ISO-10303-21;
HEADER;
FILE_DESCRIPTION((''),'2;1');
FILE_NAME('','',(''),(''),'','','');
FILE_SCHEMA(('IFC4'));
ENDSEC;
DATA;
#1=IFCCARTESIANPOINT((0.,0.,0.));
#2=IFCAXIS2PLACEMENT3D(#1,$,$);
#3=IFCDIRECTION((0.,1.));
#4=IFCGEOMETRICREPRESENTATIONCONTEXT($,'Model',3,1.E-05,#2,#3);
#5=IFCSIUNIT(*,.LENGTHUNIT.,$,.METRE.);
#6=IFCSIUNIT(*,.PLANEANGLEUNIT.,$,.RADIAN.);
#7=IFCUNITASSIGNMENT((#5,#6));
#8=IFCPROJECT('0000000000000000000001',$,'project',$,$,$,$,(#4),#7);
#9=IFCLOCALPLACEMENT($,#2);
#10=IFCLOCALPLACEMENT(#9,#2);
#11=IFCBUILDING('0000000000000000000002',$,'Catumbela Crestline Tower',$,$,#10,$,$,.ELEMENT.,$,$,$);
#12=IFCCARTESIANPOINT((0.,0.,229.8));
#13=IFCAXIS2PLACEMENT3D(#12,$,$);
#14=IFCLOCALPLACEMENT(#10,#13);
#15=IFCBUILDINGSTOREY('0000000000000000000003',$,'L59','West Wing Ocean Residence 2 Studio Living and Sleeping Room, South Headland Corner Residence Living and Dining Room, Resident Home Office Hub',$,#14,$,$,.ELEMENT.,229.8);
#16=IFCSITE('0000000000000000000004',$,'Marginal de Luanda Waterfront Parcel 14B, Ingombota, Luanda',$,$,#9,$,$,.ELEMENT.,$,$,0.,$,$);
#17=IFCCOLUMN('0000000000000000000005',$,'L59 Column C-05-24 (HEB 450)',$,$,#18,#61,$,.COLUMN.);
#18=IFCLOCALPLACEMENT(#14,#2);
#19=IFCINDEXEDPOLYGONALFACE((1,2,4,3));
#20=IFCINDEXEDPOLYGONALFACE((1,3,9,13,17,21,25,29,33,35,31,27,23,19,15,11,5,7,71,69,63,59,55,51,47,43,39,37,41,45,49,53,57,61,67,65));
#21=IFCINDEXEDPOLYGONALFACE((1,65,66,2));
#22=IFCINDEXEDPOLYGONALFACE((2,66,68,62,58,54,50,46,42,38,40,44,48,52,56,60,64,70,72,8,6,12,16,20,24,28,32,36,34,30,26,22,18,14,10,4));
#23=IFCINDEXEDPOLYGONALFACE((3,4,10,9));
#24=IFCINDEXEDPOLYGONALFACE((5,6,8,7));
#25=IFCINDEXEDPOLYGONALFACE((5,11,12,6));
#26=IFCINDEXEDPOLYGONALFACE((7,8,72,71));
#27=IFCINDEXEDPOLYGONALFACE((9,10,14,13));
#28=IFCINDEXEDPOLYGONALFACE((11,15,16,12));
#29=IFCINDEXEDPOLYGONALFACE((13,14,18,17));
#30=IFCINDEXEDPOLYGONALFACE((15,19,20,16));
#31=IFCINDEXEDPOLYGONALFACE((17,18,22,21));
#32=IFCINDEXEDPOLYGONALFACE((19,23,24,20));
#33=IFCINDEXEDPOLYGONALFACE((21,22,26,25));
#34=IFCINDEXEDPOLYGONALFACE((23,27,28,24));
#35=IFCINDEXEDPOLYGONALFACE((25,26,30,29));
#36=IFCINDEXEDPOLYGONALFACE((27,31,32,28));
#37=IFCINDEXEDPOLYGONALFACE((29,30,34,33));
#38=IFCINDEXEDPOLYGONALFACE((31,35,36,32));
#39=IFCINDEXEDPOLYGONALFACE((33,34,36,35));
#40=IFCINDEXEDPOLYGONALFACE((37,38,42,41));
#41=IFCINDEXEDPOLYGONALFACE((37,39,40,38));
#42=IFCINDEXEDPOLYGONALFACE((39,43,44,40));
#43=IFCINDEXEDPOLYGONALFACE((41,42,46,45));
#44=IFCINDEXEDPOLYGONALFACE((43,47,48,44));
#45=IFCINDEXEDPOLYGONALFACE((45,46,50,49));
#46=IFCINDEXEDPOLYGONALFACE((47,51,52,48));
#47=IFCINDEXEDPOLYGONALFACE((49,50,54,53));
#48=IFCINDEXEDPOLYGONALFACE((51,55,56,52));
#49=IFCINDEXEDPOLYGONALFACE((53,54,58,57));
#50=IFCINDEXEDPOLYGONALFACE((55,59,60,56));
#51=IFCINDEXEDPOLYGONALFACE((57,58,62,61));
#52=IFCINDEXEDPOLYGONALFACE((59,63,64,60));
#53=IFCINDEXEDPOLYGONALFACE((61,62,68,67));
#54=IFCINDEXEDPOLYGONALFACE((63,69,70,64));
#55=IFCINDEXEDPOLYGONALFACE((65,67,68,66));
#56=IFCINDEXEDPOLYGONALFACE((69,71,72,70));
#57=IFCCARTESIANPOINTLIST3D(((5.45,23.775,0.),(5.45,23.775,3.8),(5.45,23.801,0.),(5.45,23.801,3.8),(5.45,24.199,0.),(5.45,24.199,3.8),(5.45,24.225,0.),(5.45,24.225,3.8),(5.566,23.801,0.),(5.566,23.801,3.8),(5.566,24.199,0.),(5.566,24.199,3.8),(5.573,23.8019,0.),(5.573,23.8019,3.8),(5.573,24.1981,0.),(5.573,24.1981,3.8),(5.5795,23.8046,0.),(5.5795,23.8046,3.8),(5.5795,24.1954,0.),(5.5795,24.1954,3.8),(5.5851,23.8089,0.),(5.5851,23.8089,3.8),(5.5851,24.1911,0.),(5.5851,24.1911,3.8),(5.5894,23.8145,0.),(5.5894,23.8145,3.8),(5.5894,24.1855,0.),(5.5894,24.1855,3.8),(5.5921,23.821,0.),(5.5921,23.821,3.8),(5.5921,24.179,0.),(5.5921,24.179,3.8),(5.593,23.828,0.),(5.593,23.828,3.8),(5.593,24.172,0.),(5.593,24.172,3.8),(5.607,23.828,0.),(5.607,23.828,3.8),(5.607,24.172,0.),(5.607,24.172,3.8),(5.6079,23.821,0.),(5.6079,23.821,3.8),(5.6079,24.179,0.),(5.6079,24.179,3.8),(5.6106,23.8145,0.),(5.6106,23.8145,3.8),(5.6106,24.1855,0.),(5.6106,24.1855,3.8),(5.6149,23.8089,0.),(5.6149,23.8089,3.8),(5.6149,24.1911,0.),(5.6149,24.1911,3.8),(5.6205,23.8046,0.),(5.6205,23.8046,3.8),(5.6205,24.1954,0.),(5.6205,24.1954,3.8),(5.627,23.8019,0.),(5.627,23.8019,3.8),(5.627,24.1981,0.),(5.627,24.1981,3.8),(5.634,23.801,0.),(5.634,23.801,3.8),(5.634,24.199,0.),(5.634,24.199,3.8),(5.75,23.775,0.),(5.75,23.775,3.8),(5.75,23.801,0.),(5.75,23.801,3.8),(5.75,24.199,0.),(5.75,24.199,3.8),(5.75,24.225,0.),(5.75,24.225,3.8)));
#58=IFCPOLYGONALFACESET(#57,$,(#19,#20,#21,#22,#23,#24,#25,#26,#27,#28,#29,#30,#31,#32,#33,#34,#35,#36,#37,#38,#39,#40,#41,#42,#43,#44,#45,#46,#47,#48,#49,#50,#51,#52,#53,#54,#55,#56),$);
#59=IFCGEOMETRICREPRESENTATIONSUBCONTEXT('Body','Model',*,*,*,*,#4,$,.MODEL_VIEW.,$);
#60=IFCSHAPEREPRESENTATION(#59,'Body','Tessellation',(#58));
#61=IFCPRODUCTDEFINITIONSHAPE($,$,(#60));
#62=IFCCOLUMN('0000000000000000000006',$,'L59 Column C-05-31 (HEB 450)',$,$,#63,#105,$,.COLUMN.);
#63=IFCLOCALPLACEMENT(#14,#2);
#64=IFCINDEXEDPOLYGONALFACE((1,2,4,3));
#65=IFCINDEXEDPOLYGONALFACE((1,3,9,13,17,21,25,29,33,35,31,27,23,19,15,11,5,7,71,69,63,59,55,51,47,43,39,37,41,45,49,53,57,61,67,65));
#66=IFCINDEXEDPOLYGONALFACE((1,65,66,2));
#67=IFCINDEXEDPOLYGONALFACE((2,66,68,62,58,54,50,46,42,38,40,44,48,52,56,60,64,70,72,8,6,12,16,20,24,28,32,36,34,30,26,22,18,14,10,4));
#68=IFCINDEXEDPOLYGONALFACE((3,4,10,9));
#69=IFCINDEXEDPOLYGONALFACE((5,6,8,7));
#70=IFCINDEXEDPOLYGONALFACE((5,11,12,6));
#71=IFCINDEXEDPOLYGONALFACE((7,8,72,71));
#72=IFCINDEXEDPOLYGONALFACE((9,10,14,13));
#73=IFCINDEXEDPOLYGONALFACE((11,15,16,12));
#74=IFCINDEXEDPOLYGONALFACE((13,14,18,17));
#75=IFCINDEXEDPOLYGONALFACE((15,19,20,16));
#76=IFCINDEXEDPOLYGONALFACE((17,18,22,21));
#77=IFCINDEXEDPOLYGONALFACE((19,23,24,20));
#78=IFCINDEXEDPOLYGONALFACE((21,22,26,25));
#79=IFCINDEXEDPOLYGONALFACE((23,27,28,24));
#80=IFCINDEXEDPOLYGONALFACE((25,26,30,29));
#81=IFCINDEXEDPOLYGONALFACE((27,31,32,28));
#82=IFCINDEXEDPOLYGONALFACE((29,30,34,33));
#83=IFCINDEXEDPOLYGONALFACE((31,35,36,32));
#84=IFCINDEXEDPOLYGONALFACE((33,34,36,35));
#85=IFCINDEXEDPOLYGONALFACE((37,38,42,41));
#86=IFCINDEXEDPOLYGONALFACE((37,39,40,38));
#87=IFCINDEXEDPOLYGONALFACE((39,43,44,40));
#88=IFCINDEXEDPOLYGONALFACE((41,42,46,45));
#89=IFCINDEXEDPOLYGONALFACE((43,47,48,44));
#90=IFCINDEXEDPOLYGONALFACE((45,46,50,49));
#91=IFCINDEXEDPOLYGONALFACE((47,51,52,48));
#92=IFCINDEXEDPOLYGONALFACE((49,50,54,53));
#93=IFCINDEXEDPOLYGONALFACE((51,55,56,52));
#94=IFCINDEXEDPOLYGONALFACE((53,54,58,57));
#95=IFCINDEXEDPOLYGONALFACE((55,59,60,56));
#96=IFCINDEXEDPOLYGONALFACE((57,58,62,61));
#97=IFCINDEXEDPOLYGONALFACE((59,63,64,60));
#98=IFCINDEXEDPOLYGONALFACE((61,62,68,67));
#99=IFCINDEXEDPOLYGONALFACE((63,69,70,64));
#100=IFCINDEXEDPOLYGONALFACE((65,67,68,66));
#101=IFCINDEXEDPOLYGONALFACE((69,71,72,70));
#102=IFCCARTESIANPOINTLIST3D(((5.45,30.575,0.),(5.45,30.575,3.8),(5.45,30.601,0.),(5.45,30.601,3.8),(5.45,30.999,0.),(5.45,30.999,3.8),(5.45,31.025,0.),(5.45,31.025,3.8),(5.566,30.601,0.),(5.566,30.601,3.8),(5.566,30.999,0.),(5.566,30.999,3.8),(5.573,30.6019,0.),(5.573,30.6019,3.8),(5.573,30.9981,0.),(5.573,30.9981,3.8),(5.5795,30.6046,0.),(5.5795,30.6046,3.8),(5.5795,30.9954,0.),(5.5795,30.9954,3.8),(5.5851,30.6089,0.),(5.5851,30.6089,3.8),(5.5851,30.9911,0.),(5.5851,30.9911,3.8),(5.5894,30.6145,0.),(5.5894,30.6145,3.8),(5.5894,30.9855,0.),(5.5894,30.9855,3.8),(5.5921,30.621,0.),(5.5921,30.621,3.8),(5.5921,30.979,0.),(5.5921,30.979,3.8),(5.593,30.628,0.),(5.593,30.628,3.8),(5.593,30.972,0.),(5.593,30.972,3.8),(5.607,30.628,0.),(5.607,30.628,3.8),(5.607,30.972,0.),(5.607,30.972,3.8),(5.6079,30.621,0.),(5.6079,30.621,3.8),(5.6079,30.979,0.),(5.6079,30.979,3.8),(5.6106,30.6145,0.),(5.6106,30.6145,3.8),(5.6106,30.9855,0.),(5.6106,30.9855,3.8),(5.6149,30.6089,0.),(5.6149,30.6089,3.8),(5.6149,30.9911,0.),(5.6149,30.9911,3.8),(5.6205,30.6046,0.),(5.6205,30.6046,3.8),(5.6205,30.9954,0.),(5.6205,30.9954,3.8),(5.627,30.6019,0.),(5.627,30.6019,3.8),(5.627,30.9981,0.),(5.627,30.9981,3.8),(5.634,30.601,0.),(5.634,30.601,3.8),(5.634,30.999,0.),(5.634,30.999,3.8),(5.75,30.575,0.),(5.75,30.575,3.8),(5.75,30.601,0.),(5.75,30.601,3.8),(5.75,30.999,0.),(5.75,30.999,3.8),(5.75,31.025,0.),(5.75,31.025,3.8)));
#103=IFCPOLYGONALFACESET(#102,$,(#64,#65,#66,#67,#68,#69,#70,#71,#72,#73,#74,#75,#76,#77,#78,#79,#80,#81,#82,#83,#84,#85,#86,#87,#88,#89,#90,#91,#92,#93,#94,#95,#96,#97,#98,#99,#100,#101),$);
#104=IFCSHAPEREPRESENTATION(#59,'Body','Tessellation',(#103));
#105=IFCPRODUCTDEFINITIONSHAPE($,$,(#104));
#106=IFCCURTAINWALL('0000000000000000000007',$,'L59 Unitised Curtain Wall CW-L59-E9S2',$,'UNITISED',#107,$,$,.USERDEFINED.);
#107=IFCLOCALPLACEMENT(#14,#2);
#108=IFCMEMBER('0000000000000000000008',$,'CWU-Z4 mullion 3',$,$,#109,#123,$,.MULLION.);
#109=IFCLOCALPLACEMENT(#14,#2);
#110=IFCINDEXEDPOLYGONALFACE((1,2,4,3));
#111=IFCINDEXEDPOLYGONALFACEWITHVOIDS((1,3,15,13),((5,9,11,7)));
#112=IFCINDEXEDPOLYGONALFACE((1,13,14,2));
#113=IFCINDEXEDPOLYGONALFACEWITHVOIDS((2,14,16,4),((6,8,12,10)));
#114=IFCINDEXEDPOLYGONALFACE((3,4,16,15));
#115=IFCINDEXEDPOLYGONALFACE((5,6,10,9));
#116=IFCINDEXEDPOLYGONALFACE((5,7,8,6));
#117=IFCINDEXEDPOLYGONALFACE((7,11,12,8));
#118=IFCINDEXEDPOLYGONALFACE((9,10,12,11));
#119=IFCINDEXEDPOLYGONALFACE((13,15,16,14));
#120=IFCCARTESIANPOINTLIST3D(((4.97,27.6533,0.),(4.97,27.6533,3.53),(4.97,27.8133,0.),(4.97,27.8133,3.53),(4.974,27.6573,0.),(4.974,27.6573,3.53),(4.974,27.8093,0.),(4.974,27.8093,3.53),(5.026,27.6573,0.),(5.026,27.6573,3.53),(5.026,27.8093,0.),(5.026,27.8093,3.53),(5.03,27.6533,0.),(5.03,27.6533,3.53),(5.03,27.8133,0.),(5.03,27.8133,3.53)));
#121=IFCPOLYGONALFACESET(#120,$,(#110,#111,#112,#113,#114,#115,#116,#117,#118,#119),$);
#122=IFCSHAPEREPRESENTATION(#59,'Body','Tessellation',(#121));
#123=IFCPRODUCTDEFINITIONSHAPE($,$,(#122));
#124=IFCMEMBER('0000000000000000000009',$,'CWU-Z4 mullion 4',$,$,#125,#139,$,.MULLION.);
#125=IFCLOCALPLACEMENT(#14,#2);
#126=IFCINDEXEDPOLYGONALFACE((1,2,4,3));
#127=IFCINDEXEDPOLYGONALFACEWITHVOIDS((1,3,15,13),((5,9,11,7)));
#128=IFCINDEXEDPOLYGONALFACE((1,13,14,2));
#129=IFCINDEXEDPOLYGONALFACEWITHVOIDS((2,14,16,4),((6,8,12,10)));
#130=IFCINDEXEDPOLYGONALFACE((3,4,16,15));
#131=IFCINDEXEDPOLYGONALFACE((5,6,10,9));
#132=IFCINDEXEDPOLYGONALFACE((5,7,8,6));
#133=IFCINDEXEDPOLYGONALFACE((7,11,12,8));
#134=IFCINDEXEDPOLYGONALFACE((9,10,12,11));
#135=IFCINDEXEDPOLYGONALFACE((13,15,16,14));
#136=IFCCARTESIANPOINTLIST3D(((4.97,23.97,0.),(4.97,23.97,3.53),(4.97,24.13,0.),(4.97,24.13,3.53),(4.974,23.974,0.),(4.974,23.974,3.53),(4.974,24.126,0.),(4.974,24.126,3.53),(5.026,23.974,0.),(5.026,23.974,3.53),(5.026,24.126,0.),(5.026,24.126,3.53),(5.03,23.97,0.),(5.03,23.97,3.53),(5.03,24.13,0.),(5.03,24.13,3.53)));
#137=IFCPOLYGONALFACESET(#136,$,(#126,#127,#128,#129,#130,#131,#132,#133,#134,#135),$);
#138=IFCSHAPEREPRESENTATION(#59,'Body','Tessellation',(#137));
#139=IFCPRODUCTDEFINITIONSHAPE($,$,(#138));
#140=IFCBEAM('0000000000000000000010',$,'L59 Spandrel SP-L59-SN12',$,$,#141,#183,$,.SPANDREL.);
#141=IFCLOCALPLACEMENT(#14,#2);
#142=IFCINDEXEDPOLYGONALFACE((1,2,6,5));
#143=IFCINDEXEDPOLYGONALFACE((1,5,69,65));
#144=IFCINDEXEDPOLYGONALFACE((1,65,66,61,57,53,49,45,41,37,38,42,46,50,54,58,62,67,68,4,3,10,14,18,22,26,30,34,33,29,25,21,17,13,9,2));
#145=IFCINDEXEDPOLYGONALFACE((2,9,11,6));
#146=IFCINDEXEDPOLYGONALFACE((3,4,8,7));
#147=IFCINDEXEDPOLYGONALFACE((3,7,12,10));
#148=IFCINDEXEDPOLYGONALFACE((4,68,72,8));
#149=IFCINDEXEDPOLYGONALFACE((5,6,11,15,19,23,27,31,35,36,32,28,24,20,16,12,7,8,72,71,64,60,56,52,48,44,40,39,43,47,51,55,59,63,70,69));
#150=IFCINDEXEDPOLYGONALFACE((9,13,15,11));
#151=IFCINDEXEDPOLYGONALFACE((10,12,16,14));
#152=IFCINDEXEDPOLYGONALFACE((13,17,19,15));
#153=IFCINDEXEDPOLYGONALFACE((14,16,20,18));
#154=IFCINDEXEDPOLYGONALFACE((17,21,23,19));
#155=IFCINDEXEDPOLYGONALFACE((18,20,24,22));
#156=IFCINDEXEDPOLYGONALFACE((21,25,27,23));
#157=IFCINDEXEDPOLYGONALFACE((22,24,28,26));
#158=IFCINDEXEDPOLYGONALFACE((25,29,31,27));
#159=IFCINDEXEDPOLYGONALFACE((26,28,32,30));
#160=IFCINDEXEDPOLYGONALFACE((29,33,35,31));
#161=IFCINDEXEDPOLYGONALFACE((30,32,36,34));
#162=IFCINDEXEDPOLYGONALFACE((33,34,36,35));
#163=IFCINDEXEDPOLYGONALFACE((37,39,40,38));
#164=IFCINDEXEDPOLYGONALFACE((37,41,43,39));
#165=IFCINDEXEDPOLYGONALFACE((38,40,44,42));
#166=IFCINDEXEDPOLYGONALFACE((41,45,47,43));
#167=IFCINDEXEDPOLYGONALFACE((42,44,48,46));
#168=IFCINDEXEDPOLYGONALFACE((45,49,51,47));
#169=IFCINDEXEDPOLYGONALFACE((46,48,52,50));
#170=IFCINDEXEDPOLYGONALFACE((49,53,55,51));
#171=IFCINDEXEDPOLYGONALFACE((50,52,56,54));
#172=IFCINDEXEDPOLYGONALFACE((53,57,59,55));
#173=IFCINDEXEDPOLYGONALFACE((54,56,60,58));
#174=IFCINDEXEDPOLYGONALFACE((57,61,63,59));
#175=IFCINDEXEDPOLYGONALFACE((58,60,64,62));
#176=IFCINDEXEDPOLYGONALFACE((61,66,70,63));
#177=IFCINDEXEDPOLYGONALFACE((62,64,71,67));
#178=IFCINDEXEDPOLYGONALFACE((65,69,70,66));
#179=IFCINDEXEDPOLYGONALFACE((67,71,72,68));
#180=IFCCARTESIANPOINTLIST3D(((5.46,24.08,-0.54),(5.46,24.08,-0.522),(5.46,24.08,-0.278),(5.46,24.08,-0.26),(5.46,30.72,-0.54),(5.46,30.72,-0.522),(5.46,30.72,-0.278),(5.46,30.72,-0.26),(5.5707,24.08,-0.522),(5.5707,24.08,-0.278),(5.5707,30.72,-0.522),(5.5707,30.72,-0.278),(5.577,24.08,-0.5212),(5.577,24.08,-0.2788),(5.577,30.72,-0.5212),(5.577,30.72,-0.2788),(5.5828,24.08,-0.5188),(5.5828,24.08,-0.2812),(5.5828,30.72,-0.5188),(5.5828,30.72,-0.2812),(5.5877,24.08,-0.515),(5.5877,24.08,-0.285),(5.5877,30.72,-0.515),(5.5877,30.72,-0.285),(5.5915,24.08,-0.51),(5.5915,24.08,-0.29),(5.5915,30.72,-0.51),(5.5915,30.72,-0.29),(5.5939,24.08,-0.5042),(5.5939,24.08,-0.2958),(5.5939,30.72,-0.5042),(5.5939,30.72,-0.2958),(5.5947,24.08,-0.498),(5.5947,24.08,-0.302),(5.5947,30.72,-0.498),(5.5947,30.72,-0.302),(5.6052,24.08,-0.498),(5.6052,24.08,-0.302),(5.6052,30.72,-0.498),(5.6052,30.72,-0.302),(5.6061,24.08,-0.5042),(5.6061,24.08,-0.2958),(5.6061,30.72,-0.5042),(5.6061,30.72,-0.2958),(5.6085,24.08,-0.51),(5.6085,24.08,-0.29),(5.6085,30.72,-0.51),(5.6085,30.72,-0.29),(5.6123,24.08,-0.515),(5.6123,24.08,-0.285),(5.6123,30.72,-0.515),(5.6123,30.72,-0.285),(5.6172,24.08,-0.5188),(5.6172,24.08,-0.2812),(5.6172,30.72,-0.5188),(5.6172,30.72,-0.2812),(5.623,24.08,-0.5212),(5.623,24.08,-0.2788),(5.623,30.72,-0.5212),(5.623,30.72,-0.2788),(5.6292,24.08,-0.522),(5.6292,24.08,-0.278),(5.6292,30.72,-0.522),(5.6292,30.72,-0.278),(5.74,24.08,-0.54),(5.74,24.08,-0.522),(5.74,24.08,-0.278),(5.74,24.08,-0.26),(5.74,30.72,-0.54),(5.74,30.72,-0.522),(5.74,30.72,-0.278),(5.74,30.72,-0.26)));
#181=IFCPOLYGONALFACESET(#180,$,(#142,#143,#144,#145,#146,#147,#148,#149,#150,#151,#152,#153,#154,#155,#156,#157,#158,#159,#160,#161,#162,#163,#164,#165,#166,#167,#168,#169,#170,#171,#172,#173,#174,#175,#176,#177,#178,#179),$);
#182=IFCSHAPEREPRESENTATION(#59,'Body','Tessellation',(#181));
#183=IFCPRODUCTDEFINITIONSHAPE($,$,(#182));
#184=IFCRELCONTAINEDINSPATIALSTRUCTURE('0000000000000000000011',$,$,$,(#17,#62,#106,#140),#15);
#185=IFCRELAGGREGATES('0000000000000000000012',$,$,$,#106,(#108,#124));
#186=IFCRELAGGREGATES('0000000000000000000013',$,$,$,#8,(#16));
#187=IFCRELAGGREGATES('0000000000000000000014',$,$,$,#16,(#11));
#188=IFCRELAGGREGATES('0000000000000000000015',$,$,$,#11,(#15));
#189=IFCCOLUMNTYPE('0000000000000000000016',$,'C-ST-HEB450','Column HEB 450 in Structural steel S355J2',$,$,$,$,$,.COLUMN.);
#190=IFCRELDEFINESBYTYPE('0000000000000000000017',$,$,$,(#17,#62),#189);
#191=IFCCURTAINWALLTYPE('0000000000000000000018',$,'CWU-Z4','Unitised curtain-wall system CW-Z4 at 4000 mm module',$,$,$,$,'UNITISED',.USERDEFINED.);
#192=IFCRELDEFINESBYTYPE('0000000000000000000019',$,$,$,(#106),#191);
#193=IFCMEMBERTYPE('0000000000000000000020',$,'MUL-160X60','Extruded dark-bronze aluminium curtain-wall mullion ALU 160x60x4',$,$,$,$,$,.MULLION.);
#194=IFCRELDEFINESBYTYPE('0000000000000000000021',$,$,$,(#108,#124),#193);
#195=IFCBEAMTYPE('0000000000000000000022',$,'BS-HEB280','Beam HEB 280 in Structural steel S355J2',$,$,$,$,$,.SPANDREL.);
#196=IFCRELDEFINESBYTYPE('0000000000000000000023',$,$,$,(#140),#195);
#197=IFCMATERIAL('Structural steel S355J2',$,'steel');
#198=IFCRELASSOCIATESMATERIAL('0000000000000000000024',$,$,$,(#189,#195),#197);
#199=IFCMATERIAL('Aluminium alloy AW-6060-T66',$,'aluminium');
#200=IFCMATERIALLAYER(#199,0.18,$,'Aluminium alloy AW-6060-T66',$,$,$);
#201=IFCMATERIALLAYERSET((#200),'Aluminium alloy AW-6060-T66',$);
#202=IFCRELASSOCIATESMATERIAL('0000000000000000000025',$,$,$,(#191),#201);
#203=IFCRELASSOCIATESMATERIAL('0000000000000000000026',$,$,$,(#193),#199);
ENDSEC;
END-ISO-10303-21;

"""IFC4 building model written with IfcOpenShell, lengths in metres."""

from ifc_helpers import new_model, si_unit, direction, frame, origin, origin_2d, place, context, subcontext, project, spatial, hollow_rectangle, i_section, extrude, material, layer, layer_set, material_profile, profile_set, type_object, element, aggregate, save


model = new_model("IFC4")

# Units and contexts
model_context = context("Model", 3, precision=1e-05, world=origin(), true_north=direction((0.0, 1.0)))
body_context = subcontext(model_context, "Body", "Model", "MODEL_VIEW")
ifc_project = project(units=[si_unit("LENGTHUNIT", "METRE"), si_unit("PLANEANGLEUNIT", "RADIAN")], contexts=[model_context])

# Site, building, storey
site_placement = place(None, origin())
site = spatial("IfcSite", under=ifc_project, at=site_placement, Name="Marginal de Luanda Waterfront Parcel 14B, Ingombota, Luanda", CompositionType="ELEMENT", RefElevation=0.0)
building_placement = place(site_placement, origin())
building = spatial("IfcBuilding", under=site, at=building_placement, Name="Catumbela Crestline Tower", CompositionType="ELEMENT")
storey_placement = place(building_placement, frame((0.0, 0.0, 229.8)))
storey = spatial("IfcBuildingStorey", under=building, at=storey_placement, Name="L59", Description="West Wing Ocean Residence 2 Studio Living and Sleeping Room, South Headland Corner Residence Living and Dining Room, Resident Home Office Hub", CompositionType="ELEMENT", Elevation=229.8)

# Columns
ifc_material_1 = material(Name="Structural steel S355J2", Category="steel")
ifc_material_profile_1 = material_profile(ifc_material_1, i_section(OverallWidth=0.3, OverallDepth=0.45, WebThickness=0.014, FlangeThickness=0.026, FilletRadius=0.027, at=origin_2d()), Name="HEB 450")
ifc_profile_set_1 = profile_set([ifc_material_profile_1], Name="Structural steel S355J2")
column_type = type_object("IfcColumnType", Name="C-ST-HEB450", Description="Column HEB 450 in Structural steel S355J2", PredefinedType="COLUMN", material=ifc_profile_set_1)
for number, where, z_axis, x_axis, name in (
    (1, (5.6, 24.0, 0.0), (0.0, 0.0, 1.0), (1.0, 0.0, 0.0), "L59 Column C-05-24 (HEB 450)"),
    (2, (5.6, 30.8, 0.0), (0.0, 0.0, 1.0), (1.0, 0.0, 0.0), "L59 Column C-05-31 (HEB 450)"),
):
    element("IfcColumn", number, at=place(storey_placement, frame(where, z_axis=z_axis, x_axis=x_axis)), inside=storey, type_object=column_type, Name=name, PredefinedType="COLUMN", context=body_context, shape_type="SweptSolid", body=[
        extrude(i_section(OverallWidth=0.3, OverallDepth=0.45, WebThickness=0.014, FlangeThickness=0.026, FilletRadius=0.027, at=origin_2d()), origin(), (0.0, 0.0, 1.0), 3.8),
    ])

# Curtain wall, members
ifc_material_2 = material(Name="Aluminium alloy AW-6060-T66", Category="aluminium")
ifc_layer_1 = layer(ifc_material_2, 0.18, Name="Aluminium alloy AW-6060-T66")
ifc_layer_set_1 = layer_set([ifc_layer_1], Name="Aluminium alloy AW-6060-T66")
curtain_wall_type = type_object("IfcCurtainWallType", Name="CWU-Z4", Description="Unitised curtain-wall system CW-Z4 at 4000 mm module", ElementType="UNITISED", PredefinedType="USERDEFINED", material=ifc_layer_set_1)
curtain_wall_placement = place(storey_placement, origin())
curtain_wall = element("IfcCurtainWall", 3, at=curtain_wall_placement, inside=storey, type_object=curtain_wall_type, Name="L59 Unitised Curtain Wall CW-L59-E9S2", ObjectType="UNITISED", PredefinedType="USERDEFINED")
ifc_material_profile_2 = material_profile(ifc_material_2, hollow_rectangle(XDim=0.06, YDim=0.16, WallThickness=0.004, at=origin_2d()), Name="ALU 160x60x4")
ifc_profile_set_2 = profile_set([ifc_material_profile_2], Name="Aluminium alloy AW-6060-T66")
member_type_1 = type_object("IfcMemberType", Name="MUL-160X60", Description="Extruded dark-bronze aluminium curtain-wall mullion ALU 160x60x4", PredefinedType="MULLION", material=ifc_profile_set_2)
member_1_placement = place(storey_placement, frame((5.0, 27.7333, 0.0), z_axis=(0.0, 0.0, 1.0), x_axis=(1.0, 0.0, 0.0)))
member_1 = element("IfcMember", 4, at=member_1_placement, type_object=member_type_1, Name="CWU-Z4 mullion 3", PredefinedType="MULLION", context=body_context, shape_type="SweptSolid", body=[
    extrude(hollow_rectangle(XDim=0.06, YDim=0.16, WallThickness=0.004, at=origin_2d()), origin(), (0.0, 0.0, 1.0), 3.53),
])
member_2_placement = place(storey_placement, frame((5.0, 24.05, 0.0), z_axis=(0.0, 0.0, 1.0), x_axis=(1.0, 0.0, 0.0)))
member_2 = element("IfcMember", 5, at=member_2_placement, type_object=member_type_1, Name="CWU-Z4 mullion 4", PredefinedType="MULLION", context=body_context, shape_type="SweptSolid", body=[
    extrude(hollow_rectangle(XDim=0.06, YDim=0.16, WallThickness=0.004, at=origin_2d()), origin(), (0.0, 0.0, 1.0), 3.53),
])

# Beam
ifc_material_profile_3 = material_profile(ifc_material_1, i_section(OverallWidth=0.28, OverallDepth=0.28, WebThickness=0.0105, FlangeThickness=0.018, FilletRadius=0.024, at=origin_2d()), Name="HEB 280")
ifc_profile_set_3 = profile_set([ifc_material_profile_3], Name="Structural steel S355J2")
beam_type = type_object("IfcBeamType", Name="BS-HEB280", Description="Beam HEB 280 in Structural steel S355J2", PredefinedType="SPANDREL", material=ifc_profile_set_3)
beam_1_placement = place(storey_placement, frame((5.6, 24.08, -0.4), z_axis=(0.0, 1.0, 0.0), x_axis=(-1.0, 0.0, 0.0)))
element("IfcBeam", 6, at=beam_1_placement, inside=storey, type_object=beam_type, Name="L59 Spandrel SP-L59-SN12", PredefinedType="SPANDREL", context=body_context, shape_type="SweptSolid", body=[
    extrude(i_section(OverallWidth=0.28, OverallDepth=0.28, WebThickness=0.0105, FlangeThickness=0.018, FilletRadius=0.024, at=origin_2d()), origin(), (0.0, 0.0, 1.0), 6.64),
])

aggregate(curtain_wall, [member_1, member_2])

save(model, "model.ifc")
